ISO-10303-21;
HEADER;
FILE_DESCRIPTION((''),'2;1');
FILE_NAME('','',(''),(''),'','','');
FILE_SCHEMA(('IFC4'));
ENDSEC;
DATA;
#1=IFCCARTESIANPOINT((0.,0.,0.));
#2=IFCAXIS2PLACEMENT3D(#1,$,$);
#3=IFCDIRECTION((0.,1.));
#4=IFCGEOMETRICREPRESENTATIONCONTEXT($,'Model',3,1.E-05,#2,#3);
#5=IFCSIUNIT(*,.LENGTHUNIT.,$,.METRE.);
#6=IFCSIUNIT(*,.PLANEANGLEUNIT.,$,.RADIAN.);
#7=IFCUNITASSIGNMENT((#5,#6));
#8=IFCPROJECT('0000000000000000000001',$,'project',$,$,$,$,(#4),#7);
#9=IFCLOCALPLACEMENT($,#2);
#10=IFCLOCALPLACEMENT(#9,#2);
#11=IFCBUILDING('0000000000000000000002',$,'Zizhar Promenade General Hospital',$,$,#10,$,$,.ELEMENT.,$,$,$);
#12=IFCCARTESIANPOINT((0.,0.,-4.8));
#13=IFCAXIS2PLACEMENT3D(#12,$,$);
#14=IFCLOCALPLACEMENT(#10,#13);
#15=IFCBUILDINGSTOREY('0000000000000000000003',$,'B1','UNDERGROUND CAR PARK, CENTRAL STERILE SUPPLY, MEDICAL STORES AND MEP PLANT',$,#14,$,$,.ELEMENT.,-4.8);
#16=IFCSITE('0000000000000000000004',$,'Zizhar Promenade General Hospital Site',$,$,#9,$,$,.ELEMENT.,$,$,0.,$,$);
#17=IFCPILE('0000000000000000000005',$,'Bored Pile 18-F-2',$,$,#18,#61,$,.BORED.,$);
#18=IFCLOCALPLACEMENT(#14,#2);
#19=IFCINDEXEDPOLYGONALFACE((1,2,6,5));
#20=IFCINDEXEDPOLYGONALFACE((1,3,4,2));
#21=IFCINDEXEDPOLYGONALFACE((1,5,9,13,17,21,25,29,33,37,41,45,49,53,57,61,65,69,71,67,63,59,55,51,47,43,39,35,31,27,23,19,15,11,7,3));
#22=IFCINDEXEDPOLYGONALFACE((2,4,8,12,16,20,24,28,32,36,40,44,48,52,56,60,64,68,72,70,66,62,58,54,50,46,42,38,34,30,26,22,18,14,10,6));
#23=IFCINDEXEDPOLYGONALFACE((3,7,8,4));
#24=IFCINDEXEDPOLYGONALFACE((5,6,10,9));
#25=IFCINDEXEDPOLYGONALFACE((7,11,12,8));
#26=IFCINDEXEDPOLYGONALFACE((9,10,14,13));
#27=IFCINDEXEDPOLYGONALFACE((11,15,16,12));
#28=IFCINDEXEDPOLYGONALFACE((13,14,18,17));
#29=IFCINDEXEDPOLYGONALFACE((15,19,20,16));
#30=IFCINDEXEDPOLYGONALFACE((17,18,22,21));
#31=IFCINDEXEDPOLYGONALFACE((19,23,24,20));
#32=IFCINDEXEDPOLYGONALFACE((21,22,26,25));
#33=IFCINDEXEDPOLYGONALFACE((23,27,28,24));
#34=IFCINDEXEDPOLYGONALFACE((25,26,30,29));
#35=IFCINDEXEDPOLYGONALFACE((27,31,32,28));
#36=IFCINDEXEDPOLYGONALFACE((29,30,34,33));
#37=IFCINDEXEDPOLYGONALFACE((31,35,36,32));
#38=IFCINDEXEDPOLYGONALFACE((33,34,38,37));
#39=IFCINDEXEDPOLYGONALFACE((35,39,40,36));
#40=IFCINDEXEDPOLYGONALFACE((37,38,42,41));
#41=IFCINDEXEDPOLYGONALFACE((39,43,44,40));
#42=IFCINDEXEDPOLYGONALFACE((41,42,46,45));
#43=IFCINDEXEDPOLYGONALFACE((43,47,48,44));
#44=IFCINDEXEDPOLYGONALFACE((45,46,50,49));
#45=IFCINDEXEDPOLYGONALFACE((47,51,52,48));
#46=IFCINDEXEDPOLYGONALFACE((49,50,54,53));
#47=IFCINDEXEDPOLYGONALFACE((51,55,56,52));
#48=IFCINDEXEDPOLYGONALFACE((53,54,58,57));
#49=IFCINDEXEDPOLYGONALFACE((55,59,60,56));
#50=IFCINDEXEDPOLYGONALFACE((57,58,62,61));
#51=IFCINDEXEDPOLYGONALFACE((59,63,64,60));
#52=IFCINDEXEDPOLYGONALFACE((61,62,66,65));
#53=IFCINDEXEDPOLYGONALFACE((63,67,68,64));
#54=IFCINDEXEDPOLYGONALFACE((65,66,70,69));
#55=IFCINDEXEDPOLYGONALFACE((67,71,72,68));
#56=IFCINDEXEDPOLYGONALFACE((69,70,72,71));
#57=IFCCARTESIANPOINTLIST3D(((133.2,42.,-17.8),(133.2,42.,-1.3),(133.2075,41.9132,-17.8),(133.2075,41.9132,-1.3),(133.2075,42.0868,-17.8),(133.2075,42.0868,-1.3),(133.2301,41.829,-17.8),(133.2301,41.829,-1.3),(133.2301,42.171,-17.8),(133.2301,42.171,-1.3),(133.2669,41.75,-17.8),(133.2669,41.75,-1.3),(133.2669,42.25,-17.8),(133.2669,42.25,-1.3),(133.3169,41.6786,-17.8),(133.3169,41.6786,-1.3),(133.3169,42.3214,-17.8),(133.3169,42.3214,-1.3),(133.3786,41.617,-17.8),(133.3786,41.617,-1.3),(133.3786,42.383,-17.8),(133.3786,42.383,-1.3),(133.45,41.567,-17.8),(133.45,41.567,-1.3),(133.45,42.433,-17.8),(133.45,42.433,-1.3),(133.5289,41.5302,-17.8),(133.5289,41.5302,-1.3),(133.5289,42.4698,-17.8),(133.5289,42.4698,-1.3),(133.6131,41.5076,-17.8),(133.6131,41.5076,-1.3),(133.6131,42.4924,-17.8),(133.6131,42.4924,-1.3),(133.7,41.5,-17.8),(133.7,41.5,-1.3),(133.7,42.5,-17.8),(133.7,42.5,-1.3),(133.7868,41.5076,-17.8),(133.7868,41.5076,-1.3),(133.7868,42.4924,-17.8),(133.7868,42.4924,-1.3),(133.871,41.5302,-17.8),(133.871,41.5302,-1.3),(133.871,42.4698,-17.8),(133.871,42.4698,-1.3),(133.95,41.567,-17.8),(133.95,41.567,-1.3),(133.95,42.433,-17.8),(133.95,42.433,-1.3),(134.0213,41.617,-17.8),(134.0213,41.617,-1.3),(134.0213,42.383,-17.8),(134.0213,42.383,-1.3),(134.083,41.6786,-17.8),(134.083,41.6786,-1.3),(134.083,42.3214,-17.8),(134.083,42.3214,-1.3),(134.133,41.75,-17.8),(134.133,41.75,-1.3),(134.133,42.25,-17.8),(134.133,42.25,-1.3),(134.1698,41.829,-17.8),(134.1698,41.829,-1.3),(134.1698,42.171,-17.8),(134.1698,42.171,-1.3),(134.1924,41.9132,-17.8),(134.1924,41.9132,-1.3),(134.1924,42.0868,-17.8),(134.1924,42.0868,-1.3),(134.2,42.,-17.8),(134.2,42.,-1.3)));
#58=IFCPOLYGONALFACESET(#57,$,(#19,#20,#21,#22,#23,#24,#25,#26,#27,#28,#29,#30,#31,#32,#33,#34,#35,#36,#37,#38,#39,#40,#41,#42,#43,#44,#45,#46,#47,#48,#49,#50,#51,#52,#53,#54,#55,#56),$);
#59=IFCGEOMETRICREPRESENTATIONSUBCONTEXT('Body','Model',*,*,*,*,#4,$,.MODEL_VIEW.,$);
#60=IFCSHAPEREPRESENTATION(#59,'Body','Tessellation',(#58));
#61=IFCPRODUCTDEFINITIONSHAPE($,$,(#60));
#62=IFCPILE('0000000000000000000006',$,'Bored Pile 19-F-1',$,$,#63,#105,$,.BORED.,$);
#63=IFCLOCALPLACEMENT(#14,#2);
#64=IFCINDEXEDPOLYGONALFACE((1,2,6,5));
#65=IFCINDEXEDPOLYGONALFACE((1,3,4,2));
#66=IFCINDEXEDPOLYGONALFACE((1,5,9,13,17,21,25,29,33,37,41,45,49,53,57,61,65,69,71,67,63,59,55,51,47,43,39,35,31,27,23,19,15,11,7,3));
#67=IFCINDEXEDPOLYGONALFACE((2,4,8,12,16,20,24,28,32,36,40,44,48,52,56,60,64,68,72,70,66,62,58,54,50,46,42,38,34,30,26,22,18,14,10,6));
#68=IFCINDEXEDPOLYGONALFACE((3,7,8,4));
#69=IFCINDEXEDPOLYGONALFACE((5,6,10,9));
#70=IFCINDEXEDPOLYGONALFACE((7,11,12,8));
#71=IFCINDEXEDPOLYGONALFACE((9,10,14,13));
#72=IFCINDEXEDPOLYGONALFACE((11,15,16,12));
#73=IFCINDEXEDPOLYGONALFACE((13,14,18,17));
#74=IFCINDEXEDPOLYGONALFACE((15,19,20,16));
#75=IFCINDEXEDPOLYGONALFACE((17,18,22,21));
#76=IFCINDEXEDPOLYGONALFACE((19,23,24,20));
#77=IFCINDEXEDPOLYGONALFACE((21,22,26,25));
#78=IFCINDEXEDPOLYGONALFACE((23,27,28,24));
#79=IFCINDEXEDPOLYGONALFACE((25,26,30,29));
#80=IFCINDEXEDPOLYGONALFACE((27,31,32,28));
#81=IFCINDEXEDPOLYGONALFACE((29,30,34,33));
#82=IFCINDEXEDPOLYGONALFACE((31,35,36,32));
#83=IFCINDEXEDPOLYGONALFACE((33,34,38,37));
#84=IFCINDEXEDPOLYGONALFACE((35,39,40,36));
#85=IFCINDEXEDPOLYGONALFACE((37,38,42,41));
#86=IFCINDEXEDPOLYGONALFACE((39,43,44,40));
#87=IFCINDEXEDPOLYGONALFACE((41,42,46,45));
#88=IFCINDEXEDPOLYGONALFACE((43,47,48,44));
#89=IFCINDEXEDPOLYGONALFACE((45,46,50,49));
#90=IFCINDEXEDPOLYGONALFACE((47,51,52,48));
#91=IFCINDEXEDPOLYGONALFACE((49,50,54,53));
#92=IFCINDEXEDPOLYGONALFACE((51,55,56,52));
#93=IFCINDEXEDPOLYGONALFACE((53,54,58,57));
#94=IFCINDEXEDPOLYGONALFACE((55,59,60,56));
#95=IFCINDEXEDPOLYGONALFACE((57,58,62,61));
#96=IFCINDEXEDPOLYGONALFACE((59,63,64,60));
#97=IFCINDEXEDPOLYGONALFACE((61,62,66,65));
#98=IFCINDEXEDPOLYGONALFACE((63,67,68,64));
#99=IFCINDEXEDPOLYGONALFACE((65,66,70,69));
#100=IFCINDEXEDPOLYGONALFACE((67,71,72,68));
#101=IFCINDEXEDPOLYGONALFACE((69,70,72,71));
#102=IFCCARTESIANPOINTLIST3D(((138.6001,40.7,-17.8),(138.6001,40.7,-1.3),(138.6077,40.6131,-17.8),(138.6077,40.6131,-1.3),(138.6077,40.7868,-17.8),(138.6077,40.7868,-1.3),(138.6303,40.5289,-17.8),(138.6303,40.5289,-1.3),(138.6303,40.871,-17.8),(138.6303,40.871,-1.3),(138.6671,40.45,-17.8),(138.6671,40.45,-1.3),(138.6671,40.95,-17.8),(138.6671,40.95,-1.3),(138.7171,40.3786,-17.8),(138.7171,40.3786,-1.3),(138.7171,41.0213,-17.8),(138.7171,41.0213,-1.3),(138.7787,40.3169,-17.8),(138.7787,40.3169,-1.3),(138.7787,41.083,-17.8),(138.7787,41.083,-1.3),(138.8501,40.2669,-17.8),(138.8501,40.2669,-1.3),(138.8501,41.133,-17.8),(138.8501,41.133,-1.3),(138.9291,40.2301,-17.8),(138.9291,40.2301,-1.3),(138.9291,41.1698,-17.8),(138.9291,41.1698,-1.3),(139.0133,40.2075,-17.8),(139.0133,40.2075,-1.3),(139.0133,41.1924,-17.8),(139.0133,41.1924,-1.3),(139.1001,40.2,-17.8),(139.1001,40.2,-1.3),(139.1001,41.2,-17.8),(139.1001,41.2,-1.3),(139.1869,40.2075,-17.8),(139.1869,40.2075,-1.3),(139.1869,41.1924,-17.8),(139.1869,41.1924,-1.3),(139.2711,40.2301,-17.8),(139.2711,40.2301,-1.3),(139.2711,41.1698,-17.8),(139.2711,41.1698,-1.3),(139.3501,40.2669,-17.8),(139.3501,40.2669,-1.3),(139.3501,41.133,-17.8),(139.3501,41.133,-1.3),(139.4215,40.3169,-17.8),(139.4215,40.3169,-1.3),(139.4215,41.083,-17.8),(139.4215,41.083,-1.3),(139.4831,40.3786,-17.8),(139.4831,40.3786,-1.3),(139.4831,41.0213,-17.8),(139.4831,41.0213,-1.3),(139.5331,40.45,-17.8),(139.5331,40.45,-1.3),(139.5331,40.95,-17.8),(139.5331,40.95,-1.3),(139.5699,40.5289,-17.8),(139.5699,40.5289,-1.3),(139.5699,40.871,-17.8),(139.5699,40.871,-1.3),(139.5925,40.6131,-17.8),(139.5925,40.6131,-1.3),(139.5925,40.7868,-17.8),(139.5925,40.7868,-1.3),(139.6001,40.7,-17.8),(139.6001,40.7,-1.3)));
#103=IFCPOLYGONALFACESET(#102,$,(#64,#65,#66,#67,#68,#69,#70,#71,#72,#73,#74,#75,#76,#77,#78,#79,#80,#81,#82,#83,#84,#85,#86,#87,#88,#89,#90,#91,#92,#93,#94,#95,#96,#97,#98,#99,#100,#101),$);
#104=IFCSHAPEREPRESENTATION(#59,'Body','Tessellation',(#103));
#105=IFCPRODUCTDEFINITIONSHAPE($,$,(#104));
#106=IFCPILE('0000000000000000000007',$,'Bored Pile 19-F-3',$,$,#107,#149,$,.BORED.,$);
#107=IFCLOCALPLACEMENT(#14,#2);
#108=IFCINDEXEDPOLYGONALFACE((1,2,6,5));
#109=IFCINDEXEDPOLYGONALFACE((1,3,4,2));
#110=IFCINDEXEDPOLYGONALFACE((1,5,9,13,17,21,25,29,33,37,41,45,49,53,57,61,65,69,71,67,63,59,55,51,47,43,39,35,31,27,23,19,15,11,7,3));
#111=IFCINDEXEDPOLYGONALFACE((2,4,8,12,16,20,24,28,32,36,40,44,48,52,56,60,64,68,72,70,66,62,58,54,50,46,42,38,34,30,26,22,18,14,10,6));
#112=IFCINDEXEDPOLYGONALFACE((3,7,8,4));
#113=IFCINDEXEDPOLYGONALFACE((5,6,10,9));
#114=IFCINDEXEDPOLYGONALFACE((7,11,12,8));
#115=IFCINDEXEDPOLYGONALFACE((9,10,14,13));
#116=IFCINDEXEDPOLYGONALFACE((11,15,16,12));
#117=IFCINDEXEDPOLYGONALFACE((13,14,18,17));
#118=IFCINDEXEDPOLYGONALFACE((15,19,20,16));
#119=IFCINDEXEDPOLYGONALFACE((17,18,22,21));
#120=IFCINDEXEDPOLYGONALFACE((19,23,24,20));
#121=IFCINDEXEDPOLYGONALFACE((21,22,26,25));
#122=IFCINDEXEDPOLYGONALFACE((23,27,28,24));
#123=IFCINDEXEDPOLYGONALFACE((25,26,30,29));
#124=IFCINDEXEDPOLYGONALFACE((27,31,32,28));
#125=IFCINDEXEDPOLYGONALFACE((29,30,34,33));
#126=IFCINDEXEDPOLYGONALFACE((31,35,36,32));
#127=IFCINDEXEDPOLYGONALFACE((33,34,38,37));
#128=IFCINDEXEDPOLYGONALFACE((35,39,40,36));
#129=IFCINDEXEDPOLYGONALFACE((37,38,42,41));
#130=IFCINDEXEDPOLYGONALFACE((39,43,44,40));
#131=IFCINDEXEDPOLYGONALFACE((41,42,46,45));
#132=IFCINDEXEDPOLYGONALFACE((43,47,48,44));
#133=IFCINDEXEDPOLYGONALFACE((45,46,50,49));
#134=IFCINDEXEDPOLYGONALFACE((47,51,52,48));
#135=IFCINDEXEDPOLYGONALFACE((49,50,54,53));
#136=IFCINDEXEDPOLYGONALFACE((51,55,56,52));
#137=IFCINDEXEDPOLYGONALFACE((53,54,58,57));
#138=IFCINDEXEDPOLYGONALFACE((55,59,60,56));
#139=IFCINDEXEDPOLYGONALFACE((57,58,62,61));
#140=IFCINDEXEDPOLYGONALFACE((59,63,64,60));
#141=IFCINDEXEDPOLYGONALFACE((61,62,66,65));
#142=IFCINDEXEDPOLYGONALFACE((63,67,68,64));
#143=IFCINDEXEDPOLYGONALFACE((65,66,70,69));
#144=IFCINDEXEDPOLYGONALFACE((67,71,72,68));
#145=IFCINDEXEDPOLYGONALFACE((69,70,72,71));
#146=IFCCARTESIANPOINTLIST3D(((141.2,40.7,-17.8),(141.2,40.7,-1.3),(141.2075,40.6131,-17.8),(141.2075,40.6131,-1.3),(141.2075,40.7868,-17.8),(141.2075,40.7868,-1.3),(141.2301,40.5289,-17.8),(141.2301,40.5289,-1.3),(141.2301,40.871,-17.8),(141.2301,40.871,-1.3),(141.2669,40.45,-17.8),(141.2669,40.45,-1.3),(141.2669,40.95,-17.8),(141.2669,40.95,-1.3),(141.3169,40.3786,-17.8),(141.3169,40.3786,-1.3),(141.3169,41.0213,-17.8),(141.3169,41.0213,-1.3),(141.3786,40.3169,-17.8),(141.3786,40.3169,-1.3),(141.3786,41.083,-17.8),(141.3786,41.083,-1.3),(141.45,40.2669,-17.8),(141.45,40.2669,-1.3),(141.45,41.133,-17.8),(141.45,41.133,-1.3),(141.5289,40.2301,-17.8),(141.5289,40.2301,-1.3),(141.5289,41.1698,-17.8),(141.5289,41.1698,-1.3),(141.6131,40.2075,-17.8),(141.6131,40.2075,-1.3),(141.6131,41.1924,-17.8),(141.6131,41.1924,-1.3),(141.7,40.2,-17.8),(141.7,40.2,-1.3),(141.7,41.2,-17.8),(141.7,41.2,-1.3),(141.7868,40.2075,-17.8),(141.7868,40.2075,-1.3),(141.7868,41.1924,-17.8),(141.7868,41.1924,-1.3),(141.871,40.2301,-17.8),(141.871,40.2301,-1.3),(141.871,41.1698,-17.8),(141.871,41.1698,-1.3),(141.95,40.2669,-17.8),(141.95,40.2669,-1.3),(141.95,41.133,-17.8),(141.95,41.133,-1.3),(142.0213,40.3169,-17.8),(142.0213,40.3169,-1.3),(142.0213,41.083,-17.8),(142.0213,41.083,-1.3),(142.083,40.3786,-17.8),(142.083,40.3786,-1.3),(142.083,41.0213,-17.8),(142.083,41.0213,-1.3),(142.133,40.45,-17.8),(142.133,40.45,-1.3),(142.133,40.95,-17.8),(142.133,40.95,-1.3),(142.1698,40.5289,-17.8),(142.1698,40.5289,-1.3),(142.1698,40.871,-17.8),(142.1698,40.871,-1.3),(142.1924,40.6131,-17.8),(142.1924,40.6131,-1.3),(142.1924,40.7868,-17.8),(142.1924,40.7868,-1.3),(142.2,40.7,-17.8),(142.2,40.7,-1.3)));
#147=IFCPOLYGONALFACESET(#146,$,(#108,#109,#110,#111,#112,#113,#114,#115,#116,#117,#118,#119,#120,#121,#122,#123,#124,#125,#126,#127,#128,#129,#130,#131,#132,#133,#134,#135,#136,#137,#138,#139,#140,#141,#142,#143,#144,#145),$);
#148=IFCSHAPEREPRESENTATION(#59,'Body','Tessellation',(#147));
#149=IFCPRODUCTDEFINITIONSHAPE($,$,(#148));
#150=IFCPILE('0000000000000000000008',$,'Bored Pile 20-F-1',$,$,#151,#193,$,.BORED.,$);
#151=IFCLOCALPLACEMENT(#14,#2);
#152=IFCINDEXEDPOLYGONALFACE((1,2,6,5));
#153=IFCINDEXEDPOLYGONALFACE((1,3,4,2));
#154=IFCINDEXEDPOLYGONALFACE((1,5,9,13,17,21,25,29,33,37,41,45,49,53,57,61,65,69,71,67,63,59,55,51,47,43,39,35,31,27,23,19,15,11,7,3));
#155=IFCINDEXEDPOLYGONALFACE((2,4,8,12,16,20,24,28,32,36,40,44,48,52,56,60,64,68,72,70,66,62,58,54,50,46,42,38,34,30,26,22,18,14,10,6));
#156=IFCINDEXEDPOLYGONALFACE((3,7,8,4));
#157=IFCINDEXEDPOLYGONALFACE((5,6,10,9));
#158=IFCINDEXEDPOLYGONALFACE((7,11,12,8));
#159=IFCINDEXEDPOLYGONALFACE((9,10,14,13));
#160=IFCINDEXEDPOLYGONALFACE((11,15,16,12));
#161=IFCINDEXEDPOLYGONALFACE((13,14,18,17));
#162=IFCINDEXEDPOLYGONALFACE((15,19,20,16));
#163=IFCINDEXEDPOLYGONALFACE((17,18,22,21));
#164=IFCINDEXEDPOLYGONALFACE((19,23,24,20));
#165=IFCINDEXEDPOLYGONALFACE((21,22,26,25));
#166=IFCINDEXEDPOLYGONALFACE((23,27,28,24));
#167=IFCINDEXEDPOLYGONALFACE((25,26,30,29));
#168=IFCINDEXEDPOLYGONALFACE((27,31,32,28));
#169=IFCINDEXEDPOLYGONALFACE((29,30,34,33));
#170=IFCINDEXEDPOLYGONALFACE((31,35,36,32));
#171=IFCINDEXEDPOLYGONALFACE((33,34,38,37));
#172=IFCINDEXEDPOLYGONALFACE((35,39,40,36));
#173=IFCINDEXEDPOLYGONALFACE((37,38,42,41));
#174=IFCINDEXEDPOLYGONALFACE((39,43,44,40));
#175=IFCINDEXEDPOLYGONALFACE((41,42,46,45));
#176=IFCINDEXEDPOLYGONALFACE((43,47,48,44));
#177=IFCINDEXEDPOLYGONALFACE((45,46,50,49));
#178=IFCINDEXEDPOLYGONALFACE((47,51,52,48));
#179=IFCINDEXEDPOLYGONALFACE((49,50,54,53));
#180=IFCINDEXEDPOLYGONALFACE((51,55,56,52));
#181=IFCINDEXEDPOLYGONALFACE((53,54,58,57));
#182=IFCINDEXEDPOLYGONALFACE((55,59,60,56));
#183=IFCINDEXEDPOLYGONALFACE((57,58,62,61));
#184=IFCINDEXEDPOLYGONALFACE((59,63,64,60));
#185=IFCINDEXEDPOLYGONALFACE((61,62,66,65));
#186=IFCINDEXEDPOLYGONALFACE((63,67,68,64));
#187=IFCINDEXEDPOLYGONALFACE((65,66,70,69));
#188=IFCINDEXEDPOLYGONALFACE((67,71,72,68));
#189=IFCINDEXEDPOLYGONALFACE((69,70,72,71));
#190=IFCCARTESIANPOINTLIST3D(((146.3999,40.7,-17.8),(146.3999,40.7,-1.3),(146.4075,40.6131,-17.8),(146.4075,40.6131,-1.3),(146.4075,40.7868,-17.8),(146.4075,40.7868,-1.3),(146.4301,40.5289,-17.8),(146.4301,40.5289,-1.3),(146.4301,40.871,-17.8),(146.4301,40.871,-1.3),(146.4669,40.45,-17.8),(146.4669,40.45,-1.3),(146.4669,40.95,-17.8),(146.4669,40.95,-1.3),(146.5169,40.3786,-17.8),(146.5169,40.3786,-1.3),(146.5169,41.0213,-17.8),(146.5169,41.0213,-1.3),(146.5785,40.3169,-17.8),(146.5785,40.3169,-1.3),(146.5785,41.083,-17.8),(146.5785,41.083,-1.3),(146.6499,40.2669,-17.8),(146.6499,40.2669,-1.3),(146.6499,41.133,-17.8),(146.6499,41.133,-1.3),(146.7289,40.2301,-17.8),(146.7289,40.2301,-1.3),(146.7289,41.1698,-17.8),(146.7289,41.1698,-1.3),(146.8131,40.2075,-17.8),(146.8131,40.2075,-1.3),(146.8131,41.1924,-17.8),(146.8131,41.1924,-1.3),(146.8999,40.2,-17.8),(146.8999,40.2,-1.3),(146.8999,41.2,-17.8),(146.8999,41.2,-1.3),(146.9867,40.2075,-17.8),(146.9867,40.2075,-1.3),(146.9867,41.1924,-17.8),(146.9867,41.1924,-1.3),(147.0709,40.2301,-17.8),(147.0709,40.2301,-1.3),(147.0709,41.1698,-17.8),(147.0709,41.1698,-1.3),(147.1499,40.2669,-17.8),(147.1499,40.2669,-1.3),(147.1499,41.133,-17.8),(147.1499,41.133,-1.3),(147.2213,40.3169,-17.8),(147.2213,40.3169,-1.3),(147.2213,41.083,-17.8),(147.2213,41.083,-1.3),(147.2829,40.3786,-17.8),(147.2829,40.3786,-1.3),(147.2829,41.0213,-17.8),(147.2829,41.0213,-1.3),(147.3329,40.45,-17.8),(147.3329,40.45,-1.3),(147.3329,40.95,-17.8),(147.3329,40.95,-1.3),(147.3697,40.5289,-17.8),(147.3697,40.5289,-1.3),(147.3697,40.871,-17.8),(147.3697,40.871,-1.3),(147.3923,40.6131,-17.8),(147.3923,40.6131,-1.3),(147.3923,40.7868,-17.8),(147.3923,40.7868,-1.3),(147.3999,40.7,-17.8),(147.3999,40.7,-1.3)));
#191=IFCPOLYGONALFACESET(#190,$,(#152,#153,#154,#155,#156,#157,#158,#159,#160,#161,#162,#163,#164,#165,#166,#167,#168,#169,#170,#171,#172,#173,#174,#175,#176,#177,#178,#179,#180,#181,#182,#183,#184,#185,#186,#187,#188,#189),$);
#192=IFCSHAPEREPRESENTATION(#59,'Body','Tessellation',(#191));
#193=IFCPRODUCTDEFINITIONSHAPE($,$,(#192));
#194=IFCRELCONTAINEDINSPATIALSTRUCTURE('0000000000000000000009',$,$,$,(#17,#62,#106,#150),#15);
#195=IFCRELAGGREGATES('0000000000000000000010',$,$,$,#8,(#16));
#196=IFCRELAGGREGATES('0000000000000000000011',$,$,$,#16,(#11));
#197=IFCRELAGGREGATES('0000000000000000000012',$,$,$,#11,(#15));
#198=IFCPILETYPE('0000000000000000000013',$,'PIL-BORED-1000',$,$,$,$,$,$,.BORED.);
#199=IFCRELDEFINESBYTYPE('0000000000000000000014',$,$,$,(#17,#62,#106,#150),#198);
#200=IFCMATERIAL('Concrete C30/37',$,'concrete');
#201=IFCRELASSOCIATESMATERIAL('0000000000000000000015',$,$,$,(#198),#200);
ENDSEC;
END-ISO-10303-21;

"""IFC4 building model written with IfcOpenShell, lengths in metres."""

from ifc_helpers import new_model, si_unit, direction, frame, origin, origin_2d, place, context, subcontext, project, spatial, circle, extrude, material, material_profile, profile_set, type_object, element, save


model = new_model("IFC4")

# Units and contexts
model_context = context("Model", 3, precision=1e-05, world=origin(), true_north=direction((0.0, 1.0)))
body_context = subcontext(model_context, "Body", "Model", "MODEL_VIEW")
ifc_project = project(units=[si_unit("LENGTHUNIT", "METRE"), si_unit("PLANEANGLEUNIT", "RADIAN")], contexts=[model_context])

# Site, building, storey
site_placement = place(None, origin())
site = spatial("IfcSite", under=ifc_project, at=site_placement, Name="Zizhar Promenade General Hospital Site", CompositionType="ELEMENT", RefElevation=0.0)
building_placement = place(site_placement, origin())
building = spatial("IfcBuilding", under=site, at=building_placement, Name="Zizhar Promenade General Hospital", CompositionType="ELEMENT")
storey_placement = place(building_placement, frame((0.0, 0.0, -4.8)))
storey = spatial("IfcBuildingStorey", under=building, at=storey_placement, Name="B1", Description="UNDERGROUND CAR PARK, CENTRAL STERILE SUPPLY, MEDICAL STORES AND MEP PLANT", CompositionType="ELEMENT", Elevation=-4.8)

# Piles
ifc_material_1 = material(Name="Concrete C30/37", Category="concrete")
ifc_material_profile_1 = material_profile(ifc_material_1, circle(Radius=0.5, at=origin_2d()))
ifc_profile_set_1 = profile_set([ifc_material_profile_1], Name="Concrete C30/37")
pile_type = type_object("IfcPileType", Name="PIL-BORED-1000", PredefinedType="BORED", material=ifc_profile_set_1)
for number, where, z_axis, x_axis, name in (
    (1, (133.7, 42.0, -1.3), (0.0, 0.0, -1.0), (1.0, 0.0, 0.0), "Bored Pile 18-F-2"),
    (2, (139.1001, 40.7, -1.3), (0.0, 0.0, -1.0), (1.0, 0.0, 0.0), "Bored Pile 19-F-1"),
    (3, (141.7, 40.7, -1.3), (0.0, 0.0, -1.0), (1.0, 0.0, 0.0), "Bored Pile 19-F-3"),
    (4, (146.8999, 40.7, -1.3), (0.0, 0.0, -1.0), (1.0, 0.0, 0.0), "Bored Pile 20-F-1"),
):
    element("IfcPile", number, at=place(storey_placement, frame(where, z_axis=z_axis, x_axis=x_axis)), inside=storey, type_object=pile_type, Name=name, PredefinedType="BORED", context=body_context, shape_type="SweptSolid", body=[
        extrude(circle(Radius=0.5, at=origin_2d()), origin(), (0.0, 0.0, 1.0), 16.5),
    ])

save(model, "model.ifc")
